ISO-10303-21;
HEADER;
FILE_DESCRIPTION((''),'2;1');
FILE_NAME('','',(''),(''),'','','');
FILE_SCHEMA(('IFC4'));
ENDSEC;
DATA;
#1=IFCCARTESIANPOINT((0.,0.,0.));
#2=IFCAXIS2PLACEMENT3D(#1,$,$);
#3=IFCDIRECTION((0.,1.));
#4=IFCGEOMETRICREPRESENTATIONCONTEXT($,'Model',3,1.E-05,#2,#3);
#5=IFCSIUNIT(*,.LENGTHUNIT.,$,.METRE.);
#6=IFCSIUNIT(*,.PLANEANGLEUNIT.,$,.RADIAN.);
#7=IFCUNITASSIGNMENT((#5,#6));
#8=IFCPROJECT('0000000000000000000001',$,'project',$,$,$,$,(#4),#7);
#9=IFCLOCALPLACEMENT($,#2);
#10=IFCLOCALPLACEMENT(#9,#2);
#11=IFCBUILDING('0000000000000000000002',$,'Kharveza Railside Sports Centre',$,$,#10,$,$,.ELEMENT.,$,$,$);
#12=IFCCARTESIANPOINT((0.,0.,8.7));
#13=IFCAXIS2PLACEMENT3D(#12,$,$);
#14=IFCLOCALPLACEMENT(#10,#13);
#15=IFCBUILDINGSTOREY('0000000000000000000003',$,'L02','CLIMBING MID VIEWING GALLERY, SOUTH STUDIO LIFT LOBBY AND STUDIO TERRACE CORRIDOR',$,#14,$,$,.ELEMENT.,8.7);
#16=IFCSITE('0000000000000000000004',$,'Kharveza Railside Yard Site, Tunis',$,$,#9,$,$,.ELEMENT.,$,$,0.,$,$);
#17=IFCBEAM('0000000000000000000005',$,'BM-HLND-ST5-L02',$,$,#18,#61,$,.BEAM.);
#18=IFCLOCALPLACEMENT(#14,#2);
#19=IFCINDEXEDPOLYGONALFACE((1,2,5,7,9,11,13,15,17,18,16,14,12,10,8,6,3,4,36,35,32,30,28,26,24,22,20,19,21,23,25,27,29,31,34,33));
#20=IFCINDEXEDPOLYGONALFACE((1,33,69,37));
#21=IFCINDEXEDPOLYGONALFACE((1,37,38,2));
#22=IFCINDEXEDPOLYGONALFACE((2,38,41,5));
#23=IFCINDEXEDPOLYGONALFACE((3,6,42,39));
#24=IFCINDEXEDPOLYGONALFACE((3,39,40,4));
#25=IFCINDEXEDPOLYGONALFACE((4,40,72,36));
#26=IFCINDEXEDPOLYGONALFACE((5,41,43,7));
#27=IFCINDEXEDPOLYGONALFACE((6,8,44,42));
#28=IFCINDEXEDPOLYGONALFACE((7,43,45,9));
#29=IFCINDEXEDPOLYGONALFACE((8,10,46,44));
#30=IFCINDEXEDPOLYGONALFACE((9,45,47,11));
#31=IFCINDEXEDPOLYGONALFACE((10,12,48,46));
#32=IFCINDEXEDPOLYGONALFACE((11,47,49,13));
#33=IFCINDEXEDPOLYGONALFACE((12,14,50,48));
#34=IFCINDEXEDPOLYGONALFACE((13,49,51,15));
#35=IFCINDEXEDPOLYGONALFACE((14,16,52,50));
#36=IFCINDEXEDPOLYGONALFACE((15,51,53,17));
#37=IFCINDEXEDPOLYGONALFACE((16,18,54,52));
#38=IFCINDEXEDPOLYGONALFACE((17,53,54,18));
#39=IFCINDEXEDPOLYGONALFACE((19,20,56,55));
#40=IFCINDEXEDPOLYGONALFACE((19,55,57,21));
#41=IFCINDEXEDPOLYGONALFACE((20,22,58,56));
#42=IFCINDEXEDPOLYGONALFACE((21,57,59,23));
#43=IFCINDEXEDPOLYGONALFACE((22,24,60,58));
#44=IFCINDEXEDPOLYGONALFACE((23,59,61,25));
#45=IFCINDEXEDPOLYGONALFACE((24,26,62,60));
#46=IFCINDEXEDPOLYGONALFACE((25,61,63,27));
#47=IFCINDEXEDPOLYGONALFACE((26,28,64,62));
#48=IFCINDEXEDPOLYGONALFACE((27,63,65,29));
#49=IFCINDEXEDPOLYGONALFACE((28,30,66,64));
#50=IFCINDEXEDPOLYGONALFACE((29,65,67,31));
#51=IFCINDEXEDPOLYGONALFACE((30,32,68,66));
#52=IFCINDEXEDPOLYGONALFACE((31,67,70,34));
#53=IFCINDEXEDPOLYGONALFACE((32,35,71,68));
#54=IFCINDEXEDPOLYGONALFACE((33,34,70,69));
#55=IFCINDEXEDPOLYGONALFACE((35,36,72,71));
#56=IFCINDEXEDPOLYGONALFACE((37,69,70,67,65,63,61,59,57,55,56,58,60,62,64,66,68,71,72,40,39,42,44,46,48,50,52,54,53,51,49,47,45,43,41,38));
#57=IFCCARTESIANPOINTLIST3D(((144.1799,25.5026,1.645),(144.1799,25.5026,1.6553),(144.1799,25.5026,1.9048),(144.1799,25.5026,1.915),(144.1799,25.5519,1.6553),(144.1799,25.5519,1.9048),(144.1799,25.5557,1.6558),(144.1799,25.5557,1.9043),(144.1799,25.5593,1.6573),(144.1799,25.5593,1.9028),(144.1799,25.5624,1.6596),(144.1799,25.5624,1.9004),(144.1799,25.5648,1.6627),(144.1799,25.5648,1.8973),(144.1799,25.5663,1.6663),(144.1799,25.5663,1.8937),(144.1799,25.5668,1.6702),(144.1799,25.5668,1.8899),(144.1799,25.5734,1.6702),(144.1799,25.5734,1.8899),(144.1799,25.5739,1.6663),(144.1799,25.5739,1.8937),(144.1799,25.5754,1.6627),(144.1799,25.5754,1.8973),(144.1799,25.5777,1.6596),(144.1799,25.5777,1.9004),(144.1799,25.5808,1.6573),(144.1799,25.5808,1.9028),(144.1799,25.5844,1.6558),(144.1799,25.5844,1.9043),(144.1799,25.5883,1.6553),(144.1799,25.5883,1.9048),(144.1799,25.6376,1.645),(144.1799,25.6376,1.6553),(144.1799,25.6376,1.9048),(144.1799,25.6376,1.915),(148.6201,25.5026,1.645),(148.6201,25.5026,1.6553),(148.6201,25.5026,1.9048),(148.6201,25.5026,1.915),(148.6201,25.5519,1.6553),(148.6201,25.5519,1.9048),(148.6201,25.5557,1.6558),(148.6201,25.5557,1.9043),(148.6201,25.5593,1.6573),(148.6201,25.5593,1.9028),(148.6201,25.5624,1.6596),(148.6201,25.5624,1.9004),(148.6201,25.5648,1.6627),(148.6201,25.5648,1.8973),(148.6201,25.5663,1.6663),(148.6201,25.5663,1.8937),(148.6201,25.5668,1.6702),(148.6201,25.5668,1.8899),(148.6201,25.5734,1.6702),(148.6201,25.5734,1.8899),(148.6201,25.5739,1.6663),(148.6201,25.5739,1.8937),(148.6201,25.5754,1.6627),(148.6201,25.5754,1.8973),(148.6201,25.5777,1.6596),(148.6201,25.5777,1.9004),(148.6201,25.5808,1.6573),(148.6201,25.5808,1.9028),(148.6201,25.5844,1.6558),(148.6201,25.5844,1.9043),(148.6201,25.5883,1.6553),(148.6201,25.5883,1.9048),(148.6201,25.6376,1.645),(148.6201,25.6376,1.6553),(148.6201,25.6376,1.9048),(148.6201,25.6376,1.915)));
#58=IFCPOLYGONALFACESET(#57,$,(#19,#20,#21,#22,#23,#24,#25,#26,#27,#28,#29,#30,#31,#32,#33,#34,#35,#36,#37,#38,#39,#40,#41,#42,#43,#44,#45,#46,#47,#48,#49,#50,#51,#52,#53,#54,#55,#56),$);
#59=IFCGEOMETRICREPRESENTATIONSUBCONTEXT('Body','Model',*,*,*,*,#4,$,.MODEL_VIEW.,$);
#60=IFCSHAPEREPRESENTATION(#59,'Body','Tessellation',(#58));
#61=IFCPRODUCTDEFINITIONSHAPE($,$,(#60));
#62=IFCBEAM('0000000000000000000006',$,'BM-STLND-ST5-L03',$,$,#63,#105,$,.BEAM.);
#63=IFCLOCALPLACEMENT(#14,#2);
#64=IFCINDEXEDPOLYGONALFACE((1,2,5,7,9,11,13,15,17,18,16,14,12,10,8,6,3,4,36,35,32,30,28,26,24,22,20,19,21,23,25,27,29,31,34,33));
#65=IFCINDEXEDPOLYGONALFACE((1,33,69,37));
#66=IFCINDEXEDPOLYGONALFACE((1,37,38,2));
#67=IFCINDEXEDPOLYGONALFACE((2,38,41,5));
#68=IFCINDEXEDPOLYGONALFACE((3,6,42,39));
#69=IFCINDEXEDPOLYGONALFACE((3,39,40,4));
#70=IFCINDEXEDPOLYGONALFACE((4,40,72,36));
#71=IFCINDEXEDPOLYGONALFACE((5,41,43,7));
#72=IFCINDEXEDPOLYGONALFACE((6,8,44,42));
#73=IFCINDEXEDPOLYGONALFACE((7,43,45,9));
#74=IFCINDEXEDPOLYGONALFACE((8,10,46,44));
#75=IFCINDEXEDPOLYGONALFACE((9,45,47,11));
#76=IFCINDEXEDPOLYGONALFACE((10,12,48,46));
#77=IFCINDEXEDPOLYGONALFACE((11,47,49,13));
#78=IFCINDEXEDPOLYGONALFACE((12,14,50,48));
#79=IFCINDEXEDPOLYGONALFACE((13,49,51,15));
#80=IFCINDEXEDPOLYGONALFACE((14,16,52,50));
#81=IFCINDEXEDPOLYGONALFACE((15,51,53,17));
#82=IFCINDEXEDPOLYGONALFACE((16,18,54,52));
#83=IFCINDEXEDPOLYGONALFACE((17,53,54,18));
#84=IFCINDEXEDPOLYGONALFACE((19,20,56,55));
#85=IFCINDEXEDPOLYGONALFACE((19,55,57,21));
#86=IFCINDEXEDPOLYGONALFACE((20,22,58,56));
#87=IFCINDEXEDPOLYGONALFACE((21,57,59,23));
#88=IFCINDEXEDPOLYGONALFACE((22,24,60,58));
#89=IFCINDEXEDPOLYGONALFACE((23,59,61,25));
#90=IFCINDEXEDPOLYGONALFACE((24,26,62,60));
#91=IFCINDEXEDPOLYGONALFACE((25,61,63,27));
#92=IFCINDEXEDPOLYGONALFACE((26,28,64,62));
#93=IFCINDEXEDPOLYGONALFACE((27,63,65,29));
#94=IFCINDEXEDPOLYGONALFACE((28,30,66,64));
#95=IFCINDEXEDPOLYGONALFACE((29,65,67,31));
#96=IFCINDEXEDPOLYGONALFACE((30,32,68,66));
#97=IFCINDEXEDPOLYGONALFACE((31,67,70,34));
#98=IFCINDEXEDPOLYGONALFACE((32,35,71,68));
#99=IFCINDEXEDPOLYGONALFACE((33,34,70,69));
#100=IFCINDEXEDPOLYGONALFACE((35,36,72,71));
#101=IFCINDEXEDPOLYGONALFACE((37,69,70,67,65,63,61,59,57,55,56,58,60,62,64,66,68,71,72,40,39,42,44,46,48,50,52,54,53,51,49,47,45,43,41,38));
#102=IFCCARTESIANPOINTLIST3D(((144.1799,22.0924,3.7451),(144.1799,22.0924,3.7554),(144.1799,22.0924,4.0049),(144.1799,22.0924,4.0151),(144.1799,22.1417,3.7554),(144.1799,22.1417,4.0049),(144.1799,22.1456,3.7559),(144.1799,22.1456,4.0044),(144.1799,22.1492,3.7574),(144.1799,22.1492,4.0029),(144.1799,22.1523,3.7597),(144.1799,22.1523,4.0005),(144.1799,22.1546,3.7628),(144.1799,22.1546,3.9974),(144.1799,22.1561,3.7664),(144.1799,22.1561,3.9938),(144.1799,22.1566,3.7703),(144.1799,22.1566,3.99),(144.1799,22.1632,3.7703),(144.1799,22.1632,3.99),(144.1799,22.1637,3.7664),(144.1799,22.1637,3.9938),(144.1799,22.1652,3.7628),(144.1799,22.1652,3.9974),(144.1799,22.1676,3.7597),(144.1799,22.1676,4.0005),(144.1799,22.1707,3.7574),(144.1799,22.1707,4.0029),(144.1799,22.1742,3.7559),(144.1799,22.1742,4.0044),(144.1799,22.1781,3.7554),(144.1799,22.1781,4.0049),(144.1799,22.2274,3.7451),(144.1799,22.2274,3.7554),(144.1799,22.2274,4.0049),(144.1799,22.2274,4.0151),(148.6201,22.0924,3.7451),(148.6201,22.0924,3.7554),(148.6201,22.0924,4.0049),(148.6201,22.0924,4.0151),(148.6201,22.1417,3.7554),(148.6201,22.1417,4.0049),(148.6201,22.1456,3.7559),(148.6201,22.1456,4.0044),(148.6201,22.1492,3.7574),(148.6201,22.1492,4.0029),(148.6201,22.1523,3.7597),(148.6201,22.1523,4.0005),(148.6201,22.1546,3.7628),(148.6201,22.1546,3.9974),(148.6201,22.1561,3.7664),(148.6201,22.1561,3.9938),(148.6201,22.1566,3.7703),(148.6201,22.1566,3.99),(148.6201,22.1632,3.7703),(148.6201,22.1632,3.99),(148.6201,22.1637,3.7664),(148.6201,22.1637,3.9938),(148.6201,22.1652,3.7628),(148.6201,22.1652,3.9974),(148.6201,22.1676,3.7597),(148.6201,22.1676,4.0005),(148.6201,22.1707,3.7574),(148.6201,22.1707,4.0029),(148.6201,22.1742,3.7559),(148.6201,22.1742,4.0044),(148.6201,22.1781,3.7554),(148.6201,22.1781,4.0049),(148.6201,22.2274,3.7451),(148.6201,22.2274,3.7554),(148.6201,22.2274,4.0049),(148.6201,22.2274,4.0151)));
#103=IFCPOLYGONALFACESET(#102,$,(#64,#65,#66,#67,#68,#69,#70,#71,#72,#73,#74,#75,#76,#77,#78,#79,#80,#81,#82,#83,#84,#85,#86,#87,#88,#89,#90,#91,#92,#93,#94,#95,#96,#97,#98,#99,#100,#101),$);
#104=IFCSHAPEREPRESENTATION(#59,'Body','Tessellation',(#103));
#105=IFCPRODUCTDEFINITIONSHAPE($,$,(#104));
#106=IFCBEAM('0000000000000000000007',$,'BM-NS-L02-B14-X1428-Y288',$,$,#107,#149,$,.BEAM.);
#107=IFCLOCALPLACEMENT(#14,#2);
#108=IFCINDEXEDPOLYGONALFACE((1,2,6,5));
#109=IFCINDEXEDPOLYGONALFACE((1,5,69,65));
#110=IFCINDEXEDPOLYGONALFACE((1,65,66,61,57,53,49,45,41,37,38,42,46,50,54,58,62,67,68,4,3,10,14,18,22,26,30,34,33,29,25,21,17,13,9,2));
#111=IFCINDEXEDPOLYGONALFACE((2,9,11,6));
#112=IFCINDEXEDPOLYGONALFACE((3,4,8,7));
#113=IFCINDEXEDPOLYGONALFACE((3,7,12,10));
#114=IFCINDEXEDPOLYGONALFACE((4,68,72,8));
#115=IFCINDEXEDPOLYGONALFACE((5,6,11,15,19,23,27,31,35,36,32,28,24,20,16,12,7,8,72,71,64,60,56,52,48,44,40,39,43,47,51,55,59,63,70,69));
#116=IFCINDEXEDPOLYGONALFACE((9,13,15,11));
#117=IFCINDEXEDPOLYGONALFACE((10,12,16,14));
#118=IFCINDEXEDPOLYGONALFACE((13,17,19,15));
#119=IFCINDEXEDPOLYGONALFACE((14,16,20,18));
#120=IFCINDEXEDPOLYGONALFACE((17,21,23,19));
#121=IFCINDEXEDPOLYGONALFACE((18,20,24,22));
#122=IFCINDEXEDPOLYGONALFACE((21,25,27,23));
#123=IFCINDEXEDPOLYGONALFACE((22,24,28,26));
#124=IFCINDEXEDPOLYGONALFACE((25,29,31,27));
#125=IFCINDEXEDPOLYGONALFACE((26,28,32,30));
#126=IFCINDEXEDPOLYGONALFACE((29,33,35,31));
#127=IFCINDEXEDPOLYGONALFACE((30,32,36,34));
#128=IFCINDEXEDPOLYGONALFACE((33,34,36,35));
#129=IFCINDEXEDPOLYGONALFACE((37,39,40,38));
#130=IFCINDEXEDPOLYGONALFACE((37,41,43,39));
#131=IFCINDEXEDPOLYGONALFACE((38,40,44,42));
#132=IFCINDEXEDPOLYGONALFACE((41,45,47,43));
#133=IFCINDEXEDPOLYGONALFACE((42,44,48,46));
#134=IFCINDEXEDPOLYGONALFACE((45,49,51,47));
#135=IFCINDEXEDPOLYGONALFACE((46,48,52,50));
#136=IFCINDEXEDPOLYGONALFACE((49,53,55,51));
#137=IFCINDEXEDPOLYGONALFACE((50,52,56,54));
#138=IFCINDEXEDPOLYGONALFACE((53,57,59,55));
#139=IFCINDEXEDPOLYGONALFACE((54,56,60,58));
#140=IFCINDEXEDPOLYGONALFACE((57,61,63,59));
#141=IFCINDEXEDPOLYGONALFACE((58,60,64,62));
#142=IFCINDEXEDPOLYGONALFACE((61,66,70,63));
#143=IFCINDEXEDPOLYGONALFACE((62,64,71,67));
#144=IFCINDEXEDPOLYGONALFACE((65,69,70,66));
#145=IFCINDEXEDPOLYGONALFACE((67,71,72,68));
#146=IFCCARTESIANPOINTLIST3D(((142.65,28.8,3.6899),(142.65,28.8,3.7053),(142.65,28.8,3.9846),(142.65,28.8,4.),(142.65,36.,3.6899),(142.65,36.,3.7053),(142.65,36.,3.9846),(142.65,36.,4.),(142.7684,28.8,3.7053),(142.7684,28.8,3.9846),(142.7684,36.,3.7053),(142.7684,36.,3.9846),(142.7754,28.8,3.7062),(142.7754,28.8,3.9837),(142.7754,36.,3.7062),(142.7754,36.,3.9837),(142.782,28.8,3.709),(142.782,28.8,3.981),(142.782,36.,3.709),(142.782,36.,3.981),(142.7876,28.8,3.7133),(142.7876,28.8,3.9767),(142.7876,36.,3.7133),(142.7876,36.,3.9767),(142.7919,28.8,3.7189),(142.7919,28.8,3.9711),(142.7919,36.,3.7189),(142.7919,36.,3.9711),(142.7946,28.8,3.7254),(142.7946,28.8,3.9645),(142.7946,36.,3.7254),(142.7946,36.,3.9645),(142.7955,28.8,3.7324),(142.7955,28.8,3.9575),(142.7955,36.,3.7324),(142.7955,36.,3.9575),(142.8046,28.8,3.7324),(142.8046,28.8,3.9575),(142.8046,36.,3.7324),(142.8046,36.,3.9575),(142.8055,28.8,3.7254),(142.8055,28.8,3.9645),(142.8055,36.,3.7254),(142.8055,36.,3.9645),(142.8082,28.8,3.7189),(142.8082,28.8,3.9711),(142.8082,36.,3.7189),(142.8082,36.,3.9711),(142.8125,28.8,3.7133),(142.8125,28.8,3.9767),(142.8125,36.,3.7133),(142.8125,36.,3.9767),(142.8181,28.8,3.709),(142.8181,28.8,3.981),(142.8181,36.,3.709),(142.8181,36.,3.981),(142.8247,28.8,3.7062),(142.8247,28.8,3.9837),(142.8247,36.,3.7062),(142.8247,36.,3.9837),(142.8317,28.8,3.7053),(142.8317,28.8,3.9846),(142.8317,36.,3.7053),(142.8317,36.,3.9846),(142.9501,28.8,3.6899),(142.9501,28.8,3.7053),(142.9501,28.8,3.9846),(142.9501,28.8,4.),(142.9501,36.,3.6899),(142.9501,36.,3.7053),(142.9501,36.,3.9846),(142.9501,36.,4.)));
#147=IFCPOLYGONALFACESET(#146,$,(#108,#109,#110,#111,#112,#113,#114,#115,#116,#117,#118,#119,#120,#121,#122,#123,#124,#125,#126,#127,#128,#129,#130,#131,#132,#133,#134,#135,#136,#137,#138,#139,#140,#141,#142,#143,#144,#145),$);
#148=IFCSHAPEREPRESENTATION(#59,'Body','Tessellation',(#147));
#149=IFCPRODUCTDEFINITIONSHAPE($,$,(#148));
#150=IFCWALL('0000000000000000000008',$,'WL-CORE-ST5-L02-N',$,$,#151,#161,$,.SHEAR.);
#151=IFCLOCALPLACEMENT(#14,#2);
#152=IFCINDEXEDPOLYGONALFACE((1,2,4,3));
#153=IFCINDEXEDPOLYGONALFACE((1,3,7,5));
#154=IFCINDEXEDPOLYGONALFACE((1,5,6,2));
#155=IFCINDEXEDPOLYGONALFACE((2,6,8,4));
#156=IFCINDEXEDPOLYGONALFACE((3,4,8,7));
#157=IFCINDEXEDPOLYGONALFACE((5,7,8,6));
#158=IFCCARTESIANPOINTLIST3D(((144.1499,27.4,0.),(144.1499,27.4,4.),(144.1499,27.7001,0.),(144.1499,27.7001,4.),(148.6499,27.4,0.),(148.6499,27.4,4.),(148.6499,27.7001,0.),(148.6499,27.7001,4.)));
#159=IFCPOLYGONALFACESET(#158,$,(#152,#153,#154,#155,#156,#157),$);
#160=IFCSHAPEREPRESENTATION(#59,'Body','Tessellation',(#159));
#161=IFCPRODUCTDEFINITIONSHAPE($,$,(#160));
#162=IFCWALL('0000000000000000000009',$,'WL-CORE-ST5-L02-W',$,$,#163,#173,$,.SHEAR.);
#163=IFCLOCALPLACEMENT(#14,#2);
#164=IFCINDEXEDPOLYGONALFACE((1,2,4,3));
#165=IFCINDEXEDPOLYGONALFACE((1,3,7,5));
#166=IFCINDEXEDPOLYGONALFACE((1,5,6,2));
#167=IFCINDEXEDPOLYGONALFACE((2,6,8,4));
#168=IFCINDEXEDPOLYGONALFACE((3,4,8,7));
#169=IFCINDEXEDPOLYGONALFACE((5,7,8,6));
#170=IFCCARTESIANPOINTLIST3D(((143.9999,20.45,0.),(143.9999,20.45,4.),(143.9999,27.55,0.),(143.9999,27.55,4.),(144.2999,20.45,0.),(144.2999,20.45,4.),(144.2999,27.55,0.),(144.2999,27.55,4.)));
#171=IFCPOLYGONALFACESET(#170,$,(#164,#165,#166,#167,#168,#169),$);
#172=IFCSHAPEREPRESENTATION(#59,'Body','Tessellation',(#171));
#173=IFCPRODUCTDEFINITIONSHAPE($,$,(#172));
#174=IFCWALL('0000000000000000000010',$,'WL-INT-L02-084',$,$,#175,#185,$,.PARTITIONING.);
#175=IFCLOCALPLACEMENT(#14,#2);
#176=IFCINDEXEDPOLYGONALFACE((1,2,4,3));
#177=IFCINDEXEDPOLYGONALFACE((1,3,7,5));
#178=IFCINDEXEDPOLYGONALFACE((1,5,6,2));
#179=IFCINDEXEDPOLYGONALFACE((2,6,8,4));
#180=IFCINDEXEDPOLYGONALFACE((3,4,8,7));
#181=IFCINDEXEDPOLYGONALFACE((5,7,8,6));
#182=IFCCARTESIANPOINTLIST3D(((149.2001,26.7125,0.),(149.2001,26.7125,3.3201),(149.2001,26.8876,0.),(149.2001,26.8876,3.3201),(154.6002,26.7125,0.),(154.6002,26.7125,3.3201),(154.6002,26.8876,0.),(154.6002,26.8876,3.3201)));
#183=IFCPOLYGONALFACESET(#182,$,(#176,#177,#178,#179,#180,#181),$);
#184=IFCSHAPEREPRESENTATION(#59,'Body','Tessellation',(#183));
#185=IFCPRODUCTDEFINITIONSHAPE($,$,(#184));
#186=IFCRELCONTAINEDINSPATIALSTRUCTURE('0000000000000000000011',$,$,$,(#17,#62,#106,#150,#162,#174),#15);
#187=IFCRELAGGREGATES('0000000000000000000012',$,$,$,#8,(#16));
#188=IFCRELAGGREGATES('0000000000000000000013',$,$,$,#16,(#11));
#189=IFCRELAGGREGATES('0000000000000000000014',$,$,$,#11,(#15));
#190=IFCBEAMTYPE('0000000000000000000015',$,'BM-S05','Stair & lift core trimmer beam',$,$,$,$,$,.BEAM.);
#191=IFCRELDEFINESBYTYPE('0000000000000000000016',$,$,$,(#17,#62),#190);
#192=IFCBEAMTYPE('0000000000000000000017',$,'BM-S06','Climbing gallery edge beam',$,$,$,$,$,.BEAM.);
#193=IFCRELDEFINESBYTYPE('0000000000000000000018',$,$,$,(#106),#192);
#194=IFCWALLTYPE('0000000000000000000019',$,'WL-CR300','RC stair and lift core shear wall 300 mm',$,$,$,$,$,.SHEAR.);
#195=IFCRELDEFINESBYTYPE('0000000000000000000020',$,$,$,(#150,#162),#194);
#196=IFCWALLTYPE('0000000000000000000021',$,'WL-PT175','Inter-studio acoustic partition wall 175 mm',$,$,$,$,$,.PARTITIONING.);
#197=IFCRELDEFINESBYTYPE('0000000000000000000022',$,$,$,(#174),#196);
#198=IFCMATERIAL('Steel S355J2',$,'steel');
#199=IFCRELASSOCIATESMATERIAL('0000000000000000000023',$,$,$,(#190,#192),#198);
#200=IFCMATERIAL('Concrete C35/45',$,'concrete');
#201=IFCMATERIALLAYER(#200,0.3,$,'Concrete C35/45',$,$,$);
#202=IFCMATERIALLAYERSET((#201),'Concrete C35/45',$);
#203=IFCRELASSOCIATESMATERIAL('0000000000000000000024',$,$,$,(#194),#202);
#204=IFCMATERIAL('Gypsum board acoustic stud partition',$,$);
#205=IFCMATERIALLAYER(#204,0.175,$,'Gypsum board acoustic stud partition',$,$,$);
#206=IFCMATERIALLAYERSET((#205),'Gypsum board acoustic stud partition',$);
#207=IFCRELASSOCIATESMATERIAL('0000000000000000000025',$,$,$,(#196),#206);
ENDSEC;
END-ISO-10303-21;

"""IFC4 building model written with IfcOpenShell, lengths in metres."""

from ifc_helpers import new_model, si_unit, direction, frame, frame_2d, origin, origin_2d, place, context, subcontext, project, spatial, rectangle, i_section, extrude, material, layer, layer_set, material_profile, profile_set, type_object, element, save


model = new_model("IFC4")

# Units and contexts
model_context = context("Model", 3, precision=1e-05, world=origin(), true_north=direction((0.0, 1.0)))
body_context = subcontext(model_context, "Body", "Model", "MODEL_VIEW")
ifc_project = project(units=[si_unit("LENGTHUNIT", "METRE"), si_unit("PLANEANGLEUNIT", "RADIAN")], contexts=[model_context])

# Site, building, storey
site_placement = place(None, origin())
site = spatial("IfcSite", under=ifc_project, at=site_placement, Name="Kharveza Railside Yard Site, Tunis", CompositionType="ELEMENT", RefElevation=0.0)
building_placement = place(site_placement, origin())
building = spatial("IfcBuilding", under=site, at=building_placement, Name="Kharveza Railside Sports Centre", CompositionType="ELEMENT")
storey_placement = place(building_placement, frame((0.0, 0.0, 8.7)))
storey = spatial("IfcBuildingStorey", under=building, at=storey_placement, Name="L02", Description="CLIMBING MID VIEWING GALLERY, SOUTH STUDIO LIFT LOBBY AND STUDIO TERRACE CORRIDOR", CompositionType="ELEMENT", Elevation=8.7)

# Shared definitions
ifc_material_1 = material(Name="Steel S355J2", Category="steel")

# Beams
ifc_material_profile_1 = material_profile(ifc_material_1, i_section(OverallWidth=0.135, OverallDepth=0.27, WebThickness=0.0066, FlangeThickness=0.0103, FilletRadius=0.0149, at=origin_2d()), Name="IPE 270")
ifc_profile_set_1 = profile_set([ifc_material_profile_1], Name="Steel S355J2")
beam_type_1 = type_object("IfcBeamType", Name="BM-S05", Description="Stair & lift core trimmer beam", PredefinedType="BEAM", material=ifc_profile_set_1)
for number, where, z_axis, x_axis, name in (
    (1, (144.1799, 25.5701, 1.78), (1.0, 0.0, 0.0), (0.0, 1.0, 0.0), "BM-HLND-ST5-L02"),
    (2, (144.1799, 22.1599, 3.8801), (1.0, 0.0, 0.0), (0.0, 1.0, 0.0), "BM-STLND-ST5-L03"),
):
    element("IfcBeam", number, at=place(storey_placement, frame(where, z_axis=z_axis, x_axis=x_axis)), inside=storey, type_object=beam_type_1, Name=name, PredefinedType="BEAM", context=body_context, shape_type="SweptSolid", body=[
        extrude(i_section(OverallWidth=0.135, OverallDepth=0.27, WebThickness=0.0066, FlangeThickness=0.0103, FilletRadius=0.0149, at=origin_2d()), origin(), (0.0, 0.0, 1.0), 4.4402),
    ])
ifc_material_profile_2 = material_profile(ifc_material_1, i_section(OverallWidth=0.3, OverallDepth=0.3101, WebThickness=0.009, FlangeThickness=0.0154, FilletRadius=0.0271, at=origin_2d()), Name="HEA 320")
ifc_profile_set_2 = profile_set([ifc_material_profile_2], Name="Steel S355J2")
beam_type_2 = type_object("IfcBeamType", Name="BM-S06", Description="Climbing gallery edge beam", PredefinedType="BEAM", material=ifc_profile_set_2)
beam_1_placement = place(storey_placement, frame((142.8, 28.8, 3.845), z_axis=(0.0, 1.0, 0.0), x_axis=(-1.0, 0.0, 0.0)))
element("IfcBeam", 3, at=beam_1_placement, inside=storey, type_object=beam_type_2, Name="BM-NS-L02-B14-X1428-Y288", PredefinedType="BEAM", context=body_context, shape_type="SweptSolid", body=[
    extrude(i_section(OverallWidth=0.3, OverallDepth=0.3101, WebThickness=0.009, FlangeThickness=0.0154, FilletRadius=0.0271, at=origin_2d()), origin(), (0.0, 0.0, 1.0), 7.2),
])

# Walls
ifc_material_2 = material(Name="Concrete C35/45", Category="concrete")
ifc_layer_1 = layer(ifc_material_2, 0.3, Name="Concrete C35/45")
ifc_layer_set_1 = layer_set([ifc_layer_1], Name="Concrete C35/45")
wall_type_1 = type_object("IfcWallType", Name="WL-CR300", Description="RC stair and lift core shear wall 300 mm", PredefinedType="SHEAR", material=ifc_layer_set_1)
wall_1_placement = place(storey_placement, frame((148.6499, 27.55, 0.0), z_axis=(0.0, 0.0, 1.0), x_axis=(-1.0, 0.0, 0.0)))
element("IfcWall", 4, at=wall_1_placement, inside=storey, type_object=wall_type_1, Name="WL-CORE-ST5-L02-N", PredefinedType="SHEAR", context=body_context, shape_type="SweptSolid", body=[
    extrude(rectangle(XDim=4.5, YDim=0.3, at=frame_2d((2.25, 0.0))), origin(), (0.0, 0.0, 1.0), 4.0),
])
wall_2_placement = place(storey_placement, frame((144.1499, 27.55, 0.0), z_axis=(0.0, 0.0, 1.0), x_axis=(0.0, -1.0, 0.0)))
element("IfcWall", 5, at=wall_2_placement, inside=storey, type_object=wall_type_1, Name="WL-CORE-ST5-L02-W", PredefinedType="SHEAR", context=body_context, shape_type="SweptSolid", body=[
    extrude(rectangle(XDim=7.1001, YDim=0.3, at=frame_2d((3.55, 0.0))), origin(), (0.0, 0.0, 1.0), 4.0),
])
ifc_material_3 = material(Name="Gypsum board acoustic stud partition")
ifc_layer_2 = layer(ifc_material_3, 0.175, Name="Gypsum board acoustic stud partition")
ifc_layer_set_2 = layer_set([ifc_layer_2], Name="Gypsum board acoustic stud partition")
wall_type_2 = type_object("IfcWallType", Name="WL-PT175", Description="Inter-studio acoustic partition wall 175 mm", PredefinedType="PARTITIONING", material=ifc_layer_set_2)
wall_3_placement = place(storey_placement, frame((149.2, 26.8, 0.0), z_axis=(0.0, 0.0, 1.0), x_axis=(1.0, 0.0, 0.0)))
element("IfcWall", 6, at=wall_3_placement, inside=storey, type_object=wall_type_2, Name="WL-INT-L02-084", PredefinedType="PARTITIONING", context=body_context, shape_type="SweptSolid", body=[
    extrude(rectangle(XDim=5.4001, YDim=0.175, at=frame_2d((2.7002, 0.0))), origin(), (0.0, 0.0, 1.0), 3.3201),
])

save(model, "model.ifc")
